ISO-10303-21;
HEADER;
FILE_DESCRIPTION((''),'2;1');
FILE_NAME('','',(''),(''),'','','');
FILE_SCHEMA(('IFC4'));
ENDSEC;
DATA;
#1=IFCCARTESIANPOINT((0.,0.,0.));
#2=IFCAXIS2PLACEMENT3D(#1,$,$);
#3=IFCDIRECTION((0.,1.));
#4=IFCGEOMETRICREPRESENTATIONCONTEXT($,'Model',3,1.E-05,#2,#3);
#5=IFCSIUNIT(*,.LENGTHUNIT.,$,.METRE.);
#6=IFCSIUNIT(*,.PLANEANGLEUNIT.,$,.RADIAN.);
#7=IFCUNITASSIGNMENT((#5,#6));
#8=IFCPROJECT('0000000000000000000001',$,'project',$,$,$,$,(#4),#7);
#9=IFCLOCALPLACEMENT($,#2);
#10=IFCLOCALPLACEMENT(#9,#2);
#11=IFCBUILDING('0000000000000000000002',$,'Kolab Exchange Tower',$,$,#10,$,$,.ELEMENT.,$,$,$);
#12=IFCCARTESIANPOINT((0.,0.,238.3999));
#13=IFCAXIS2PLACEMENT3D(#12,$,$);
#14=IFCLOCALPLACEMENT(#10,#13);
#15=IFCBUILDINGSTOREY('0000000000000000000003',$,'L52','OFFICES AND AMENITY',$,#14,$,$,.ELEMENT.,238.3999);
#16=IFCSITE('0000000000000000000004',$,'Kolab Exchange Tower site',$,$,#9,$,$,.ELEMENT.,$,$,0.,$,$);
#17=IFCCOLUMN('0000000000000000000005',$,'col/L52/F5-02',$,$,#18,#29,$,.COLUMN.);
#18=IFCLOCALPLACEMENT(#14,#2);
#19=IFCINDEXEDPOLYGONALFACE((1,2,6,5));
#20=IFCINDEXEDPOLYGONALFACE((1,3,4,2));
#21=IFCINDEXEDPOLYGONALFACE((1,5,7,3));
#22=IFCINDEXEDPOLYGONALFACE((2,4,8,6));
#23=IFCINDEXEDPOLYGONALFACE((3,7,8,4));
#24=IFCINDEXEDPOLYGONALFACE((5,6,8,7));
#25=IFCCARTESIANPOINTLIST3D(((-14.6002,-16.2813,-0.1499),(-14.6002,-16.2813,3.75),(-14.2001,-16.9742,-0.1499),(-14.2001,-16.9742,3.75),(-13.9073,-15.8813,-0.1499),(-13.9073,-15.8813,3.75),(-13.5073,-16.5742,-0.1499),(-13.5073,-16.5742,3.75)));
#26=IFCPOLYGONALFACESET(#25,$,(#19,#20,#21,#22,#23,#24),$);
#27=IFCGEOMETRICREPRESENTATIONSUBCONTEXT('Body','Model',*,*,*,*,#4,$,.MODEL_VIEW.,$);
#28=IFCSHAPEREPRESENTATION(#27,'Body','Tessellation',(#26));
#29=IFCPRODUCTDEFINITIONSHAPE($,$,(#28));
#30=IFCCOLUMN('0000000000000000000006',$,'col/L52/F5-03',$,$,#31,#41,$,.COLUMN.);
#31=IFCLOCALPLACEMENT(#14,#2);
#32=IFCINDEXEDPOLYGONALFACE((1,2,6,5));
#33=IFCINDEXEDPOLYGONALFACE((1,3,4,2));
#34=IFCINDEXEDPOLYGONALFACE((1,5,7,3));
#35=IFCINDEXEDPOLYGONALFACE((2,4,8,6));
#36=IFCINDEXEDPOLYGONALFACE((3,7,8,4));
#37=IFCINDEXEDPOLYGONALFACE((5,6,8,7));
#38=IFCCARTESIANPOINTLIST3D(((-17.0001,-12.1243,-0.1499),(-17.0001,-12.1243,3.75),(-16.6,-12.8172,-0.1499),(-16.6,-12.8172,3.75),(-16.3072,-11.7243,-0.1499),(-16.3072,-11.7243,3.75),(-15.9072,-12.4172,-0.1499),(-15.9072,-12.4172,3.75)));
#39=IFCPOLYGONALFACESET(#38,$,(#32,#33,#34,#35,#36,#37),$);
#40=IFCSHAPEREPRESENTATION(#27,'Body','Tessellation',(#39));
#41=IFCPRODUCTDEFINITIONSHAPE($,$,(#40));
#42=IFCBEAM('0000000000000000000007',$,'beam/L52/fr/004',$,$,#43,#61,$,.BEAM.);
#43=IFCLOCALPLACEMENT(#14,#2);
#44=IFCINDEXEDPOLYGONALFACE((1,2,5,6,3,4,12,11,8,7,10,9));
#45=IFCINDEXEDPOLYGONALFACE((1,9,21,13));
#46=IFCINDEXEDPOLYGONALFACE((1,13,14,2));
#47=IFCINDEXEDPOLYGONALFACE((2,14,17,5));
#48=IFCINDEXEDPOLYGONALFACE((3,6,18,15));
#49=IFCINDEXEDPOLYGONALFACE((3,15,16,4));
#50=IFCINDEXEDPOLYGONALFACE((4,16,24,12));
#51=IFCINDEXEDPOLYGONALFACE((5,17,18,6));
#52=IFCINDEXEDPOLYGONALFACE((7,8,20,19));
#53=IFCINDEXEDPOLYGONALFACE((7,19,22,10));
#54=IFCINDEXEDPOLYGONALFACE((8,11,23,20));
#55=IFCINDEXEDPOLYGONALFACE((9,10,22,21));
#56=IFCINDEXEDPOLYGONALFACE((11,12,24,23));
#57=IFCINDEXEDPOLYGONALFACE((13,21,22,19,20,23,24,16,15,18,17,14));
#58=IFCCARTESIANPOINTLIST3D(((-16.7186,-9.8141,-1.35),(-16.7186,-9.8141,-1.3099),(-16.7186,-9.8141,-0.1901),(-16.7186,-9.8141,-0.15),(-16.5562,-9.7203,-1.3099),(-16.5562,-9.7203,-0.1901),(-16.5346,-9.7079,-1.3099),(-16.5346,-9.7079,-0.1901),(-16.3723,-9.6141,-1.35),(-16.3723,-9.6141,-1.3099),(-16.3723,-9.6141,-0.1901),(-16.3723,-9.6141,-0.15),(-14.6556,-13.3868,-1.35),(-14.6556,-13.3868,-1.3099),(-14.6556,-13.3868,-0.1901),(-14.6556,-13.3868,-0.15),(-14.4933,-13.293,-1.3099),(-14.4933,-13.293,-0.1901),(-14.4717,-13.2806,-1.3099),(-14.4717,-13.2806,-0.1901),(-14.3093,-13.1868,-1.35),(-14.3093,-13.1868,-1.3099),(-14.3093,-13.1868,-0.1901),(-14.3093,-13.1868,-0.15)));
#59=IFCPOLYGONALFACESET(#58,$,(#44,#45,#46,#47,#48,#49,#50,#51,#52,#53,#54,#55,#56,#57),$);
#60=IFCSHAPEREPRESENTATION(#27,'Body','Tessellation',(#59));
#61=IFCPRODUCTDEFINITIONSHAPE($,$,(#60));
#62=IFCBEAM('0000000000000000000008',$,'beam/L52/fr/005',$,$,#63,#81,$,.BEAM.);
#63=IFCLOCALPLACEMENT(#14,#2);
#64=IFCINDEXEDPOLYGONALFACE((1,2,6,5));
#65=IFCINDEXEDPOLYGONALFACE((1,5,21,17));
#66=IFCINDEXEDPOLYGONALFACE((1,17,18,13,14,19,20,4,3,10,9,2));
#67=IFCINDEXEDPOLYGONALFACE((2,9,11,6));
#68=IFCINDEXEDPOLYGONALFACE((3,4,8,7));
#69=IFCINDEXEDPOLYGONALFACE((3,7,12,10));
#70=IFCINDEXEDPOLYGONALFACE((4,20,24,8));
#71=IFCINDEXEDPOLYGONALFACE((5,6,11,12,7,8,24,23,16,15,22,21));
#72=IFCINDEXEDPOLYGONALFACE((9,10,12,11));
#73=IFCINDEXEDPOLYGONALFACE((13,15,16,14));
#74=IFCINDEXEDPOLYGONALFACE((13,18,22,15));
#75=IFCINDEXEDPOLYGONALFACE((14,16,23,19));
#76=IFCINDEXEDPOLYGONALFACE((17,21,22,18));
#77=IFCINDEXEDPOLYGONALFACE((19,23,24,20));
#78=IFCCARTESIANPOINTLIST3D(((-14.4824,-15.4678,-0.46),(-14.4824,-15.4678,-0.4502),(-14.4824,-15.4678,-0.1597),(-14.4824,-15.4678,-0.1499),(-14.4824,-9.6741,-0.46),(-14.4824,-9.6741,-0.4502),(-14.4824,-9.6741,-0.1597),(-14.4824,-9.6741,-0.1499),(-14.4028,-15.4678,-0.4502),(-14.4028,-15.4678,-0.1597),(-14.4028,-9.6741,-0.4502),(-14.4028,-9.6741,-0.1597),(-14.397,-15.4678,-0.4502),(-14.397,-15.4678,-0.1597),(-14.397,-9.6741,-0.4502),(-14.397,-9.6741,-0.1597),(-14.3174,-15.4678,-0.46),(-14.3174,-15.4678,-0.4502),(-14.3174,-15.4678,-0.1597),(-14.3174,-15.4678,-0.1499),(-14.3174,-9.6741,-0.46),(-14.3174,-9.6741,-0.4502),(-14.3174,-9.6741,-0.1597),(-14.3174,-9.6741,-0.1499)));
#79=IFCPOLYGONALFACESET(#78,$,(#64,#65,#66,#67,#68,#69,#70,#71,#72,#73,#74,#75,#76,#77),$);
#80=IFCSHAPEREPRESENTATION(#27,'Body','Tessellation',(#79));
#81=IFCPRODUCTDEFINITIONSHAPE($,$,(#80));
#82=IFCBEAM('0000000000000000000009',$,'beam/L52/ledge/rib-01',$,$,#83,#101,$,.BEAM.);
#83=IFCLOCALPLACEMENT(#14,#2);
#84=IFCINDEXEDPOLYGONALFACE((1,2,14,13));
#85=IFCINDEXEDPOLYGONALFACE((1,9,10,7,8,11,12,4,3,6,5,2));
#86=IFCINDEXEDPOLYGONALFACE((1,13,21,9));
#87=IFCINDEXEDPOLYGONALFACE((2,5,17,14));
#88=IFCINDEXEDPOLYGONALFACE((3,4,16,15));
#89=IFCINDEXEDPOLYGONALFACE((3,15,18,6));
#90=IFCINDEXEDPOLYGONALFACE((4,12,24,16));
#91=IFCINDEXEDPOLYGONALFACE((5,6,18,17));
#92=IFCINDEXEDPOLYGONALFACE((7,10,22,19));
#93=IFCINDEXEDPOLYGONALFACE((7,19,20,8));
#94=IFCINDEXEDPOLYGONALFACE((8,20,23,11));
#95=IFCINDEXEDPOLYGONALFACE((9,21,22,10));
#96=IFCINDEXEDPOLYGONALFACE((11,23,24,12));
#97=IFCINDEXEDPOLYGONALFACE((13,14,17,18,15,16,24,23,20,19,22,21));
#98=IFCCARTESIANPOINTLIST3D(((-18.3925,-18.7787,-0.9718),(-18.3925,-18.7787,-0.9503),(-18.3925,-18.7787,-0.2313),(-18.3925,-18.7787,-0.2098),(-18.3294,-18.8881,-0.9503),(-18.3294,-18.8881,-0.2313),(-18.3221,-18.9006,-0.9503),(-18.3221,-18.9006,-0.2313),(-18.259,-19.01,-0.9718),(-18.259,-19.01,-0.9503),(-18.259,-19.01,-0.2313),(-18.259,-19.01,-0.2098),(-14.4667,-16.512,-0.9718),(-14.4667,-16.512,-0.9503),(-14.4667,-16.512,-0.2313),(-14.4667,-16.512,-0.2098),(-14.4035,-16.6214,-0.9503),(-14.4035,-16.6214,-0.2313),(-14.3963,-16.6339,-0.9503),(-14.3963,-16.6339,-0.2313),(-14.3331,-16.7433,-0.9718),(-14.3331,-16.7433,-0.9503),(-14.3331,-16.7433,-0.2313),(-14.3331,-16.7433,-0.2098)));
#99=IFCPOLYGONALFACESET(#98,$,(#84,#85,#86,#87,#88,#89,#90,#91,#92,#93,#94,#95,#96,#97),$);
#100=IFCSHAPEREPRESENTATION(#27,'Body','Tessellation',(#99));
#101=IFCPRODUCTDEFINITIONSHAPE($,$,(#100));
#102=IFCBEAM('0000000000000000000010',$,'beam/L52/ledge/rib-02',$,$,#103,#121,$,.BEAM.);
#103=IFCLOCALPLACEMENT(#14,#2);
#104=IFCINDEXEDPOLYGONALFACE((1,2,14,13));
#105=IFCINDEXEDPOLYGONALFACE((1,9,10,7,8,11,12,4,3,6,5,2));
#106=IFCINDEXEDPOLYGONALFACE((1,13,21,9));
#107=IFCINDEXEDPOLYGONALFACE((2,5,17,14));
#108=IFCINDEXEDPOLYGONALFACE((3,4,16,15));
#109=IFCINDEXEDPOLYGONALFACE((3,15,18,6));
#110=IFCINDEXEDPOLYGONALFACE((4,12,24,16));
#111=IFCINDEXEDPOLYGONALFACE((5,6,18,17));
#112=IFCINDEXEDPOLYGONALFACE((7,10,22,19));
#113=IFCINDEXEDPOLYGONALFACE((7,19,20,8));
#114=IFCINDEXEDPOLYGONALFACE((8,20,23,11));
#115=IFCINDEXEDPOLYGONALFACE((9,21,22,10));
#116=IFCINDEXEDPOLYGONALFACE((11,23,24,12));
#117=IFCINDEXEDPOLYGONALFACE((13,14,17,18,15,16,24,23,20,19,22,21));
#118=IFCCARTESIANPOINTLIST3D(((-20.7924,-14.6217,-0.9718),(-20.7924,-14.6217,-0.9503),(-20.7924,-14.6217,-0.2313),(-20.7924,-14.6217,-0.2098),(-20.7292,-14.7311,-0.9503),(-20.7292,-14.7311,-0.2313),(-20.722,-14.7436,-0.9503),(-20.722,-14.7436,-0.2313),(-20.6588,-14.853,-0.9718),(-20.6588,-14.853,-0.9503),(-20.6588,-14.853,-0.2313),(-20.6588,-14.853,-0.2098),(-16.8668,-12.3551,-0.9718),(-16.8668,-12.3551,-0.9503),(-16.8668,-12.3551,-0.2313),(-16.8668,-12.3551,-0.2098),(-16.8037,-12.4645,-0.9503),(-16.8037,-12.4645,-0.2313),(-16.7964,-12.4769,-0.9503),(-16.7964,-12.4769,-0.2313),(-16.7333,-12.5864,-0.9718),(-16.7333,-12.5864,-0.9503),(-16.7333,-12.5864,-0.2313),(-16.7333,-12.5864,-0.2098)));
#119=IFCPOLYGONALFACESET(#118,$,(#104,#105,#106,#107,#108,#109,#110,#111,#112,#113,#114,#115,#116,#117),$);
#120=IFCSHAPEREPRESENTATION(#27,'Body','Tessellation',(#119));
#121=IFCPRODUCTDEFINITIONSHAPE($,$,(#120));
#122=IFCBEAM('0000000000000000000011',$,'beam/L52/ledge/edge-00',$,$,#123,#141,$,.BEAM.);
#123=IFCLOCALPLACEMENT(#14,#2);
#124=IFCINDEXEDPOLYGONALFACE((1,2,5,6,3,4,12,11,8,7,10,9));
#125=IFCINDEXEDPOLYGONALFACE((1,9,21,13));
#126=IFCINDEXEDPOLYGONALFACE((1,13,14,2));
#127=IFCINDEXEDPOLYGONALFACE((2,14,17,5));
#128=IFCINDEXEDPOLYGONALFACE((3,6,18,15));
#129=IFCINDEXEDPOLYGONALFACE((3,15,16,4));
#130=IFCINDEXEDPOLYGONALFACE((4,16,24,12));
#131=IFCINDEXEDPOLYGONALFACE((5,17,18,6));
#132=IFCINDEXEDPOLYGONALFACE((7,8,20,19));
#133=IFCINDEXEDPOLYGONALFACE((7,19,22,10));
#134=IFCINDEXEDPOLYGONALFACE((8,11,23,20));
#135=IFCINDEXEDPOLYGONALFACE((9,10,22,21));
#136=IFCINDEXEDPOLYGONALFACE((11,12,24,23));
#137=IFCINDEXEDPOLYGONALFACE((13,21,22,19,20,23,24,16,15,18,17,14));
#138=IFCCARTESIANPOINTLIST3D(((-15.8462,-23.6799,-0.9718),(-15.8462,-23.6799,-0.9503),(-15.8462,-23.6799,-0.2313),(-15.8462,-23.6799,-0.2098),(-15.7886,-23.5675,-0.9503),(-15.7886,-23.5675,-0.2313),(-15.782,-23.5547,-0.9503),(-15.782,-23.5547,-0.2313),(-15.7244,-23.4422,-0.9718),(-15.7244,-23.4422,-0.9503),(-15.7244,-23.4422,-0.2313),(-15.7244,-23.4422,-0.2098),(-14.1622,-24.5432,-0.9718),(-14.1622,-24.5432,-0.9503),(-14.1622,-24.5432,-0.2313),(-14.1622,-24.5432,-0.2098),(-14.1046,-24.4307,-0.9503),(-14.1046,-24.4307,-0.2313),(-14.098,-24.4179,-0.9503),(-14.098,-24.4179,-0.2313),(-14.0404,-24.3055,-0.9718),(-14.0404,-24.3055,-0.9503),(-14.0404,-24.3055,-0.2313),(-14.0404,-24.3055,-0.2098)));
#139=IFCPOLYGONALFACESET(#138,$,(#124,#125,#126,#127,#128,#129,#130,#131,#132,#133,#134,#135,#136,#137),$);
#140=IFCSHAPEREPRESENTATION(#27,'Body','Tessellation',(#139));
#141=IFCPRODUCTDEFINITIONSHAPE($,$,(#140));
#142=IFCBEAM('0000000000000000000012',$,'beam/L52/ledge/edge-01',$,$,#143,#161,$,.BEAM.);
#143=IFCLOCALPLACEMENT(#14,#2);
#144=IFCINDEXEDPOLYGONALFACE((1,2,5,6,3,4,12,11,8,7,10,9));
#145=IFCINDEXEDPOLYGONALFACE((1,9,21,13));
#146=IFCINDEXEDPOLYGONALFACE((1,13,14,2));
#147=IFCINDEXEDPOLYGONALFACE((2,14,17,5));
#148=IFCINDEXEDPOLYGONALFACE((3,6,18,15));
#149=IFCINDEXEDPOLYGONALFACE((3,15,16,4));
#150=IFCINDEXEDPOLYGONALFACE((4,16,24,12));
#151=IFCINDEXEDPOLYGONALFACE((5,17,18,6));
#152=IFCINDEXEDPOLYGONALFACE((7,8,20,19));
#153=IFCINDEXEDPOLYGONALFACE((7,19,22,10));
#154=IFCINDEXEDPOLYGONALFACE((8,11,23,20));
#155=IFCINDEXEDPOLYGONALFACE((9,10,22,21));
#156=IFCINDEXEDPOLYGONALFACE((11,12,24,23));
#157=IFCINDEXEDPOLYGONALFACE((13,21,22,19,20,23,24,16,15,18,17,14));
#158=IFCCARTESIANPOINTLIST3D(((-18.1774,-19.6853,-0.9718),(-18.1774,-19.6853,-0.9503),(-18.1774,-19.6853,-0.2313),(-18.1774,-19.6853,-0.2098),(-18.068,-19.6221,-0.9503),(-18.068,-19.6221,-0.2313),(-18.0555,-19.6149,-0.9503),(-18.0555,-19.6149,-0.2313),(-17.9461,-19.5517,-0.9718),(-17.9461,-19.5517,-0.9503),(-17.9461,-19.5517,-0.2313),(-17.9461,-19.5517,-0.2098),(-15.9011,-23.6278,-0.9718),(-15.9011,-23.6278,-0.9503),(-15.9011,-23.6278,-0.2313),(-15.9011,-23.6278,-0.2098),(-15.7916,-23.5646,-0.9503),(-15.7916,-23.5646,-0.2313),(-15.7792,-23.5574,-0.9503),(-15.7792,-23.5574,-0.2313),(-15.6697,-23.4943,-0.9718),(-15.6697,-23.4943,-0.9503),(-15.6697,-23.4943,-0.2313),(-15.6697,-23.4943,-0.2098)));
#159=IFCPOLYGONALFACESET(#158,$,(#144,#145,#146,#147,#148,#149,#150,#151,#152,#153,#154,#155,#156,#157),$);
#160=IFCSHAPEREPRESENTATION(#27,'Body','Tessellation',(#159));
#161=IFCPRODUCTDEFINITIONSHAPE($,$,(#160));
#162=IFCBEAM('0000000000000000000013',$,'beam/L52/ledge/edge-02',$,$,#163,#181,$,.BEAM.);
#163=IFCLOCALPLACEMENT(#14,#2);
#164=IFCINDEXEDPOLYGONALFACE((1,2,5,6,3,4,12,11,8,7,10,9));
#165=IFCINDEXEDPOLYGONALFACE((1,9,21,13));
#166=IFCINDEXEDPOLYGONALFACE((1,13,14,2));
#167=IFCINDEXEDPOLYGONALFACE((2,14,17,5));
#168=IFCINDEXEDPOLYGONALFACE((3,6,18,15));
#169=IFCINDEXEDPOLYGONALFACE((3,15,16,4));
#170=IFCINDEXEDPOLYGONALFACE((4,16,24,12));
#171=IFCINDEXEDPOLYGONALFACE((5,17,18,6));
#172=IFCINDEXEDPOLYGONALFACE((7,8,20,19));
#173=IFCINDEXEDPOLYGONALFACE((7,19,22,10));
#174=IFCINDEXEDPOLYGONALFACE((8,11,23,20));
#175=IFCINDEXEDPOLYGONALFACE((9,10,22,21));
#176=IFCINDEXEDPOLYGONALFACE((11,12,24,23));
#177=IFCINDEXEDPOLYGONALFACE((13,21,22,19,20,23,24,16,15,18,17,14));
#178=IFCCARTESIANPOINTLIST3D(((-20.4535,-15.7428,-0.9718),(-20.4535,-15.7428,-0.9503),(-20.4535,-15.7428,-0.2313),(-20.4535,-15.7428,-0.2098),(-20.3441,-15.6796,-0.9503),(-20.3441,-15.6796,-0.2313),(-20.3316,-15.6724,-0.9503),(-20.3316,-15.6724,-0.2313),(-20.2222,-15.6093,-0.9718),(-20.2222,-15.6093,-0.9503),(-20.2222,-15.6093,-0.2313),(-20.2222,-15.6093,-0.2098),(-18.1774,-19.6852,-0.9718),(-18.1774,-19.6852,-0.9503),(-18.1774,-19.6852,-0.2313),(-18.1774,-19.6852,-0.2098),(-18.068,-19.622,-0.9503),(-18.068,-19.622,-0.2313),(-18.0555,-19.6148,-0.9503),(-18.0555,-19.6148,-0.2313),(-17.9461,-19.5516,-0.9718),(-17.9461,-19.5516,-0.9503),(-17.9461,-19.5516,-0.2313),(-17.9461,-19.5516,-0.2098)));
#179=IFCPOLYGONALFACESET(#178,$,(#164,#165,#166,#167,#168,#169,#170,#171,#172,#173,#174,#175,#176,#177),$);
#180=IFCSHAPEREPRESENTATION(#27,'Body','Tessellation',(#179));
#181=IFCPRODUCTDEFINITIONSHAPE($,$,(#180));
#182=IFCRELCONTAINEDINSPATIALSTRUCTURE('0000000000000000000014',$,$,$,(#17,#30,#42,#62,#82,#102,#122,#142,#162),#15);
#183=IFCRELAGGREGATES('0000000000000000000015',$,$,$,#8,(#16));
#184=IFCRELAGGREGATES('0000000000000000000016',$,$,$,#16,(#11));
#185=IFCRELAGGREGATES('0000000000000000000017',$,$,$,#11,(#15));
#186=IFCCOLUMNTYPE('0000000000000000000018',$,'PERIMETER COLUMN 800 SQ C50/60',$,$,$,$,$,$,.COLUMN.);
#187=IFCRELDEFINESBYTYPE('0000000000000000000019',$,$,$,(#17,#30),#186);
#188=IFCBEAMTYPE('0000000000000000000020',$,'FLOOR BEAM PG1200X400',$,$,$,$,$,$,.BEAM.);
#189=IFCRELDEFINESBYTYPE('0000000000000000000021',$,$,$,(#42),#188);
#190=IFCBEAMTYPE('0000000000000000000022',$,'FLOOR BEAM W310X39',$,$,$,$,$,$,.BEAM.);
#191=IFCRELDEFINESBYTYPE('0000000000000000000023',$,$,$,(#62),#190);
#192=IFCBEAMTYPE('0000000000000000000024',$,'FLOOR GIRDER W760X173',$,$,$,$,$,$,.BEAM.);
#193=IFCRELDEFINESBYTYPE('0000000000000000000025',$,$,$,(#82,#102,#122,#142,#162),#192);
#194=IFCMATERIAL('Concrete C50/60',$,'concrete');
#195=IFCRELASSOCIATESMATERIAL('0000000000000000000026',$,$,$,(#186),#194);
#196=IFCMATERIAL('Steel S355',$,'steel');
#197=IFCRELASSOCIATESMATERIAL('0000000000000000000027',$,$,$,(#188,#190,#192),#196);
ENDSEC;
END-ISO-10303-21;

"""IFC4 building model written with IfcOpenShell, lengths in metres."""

from ifc_helpers import new_model, si_unit, direction, frame, origin, origin_2d, place, context, subcontext, project, spatial, rectangle, i_section, extrude, material, material_profile, profile_set, type_object, element, save


model = new_model("IFC4")

# Units and contexts
model_context = context("Model", 3, precision=1e-05, world=origin(), true_north=direction((0.0, 1.0)))
body_context = subcontext(model_context, "Body", "Model", "MODEL_VIEW")
ifc_project = project(units=[si_unit("LENGTHUNIT", "METRE"), si_unit("PLANEANGLEUNIT", "RADIAN")], contexts=[model_context])

# Site, building, storey
site_placement = place(None, origin())
site = spatial("IfcSite", under=ifc_project, at=site_placement, Name="Kolab Exchange Tower site", CompositionType="ELEMENT", RefElevation=0.0)
building_placement = place(site_placement, origin())
building = spatial("IfcBuilding", under=site, at=building_placement, Name="Kolab Exchange Tower", CompositionType="ELEMENT")
storey_placement = place(building_placement, frame((0.0, 0.0, 238.3999)))
storey = spatial("IfcBuildingStorey", under=building, at=storey_placement, Name="L52", Description="OFFICES AND AMENITY", CompositionType="ELEMENT", Elevation=238.3999)

# Columns
ifc_material_1 = material(Name="Concrete C50/60", Category="concrete")
ifc_material_profile_1 = material_profile(ifc_material_1, rectangle(XDim=0.8, YDim=0.8, at=origin_2d()), Name="RC800")
ifc_profile_set_1 = profile_set([ifc_material_profile_1], Name="Concrete C50/60")
column_type = type_object("IfcColumnType", Name="PERIMETER COLUMN 800 SQ C50/60", PredefinedType="COLUMN", material=ifc_profile_set_1)
for number, where, z_axis, x_axis, name in (
    (1, (-14.0537, -16.4277, -0.1499), (0.0, 0.0, 1.0), (0.866025, 0.5, 0.0), "col/L52/F5-02"),
    (2, (-16.4536, -12.2708, -0.1499), (0.0, 0.0, 1.0), (0.866025, 0.5, 0.0), "col/L52/F5-03"),
):
    element("IfcColumn", number, at=place(storey_placement, frame(where, z_axis=z_axis, x_axis=x_axis)), inside=storey, type_object=column_type, Name=name, PredefinedType="COLUMN", context=body_context, shape_type="SweptSolid", body=[
        extrude(rectangle(XDim=0.8, YDim=0.8, at=origin_2d()), origin(), (0.0, 0.0, 1.0), 3.8999),
    ])

# Beams
ifc_material_2 = material(Name="Steel S355", Category="steel")
ifc_material_profile_2 = material_profile(ifc_material_2, i_section(OverallWidth=0.3999, OverallDepth=1.2, WebThickness=0.0249, FlangeThickness=0.04, at=origin_2d()), Name="PG1200X400")
ifc_profile_set_2 = profile_set([ifc_material_profile_2], Name="Steel S355")
beam_type_1 = type_object("IfcBeamType", Name="FLOOR BEAM PG1200X400", PredefinedType="BEAM", material=ifc_profile_set_2)
beam_1_placement = place(storey_placement, frame((-16.5454, -9.7141, -0.75), z_axis=(0.500047, -0.865998, 0.0), x_axis=(0.865998, 0.500047, 0.0)))
element("IfcBeam", 3, at=beam_1_placement, inside=storey, type_object=beam_type_1, Name="beam/L52/fr/004", PredefinedType="BEAM", context=body_context, shape_type="SweptSolid", body=[
    extrude(i_section(OverallWidth=0.3999, OverallDepth=1.2, WebThickness=0.0249, FlangeThickness=0.04, at=origin_2d()), origin(), (0.0, 0.0, 1.0), 4.1255),
])
ifc_material_profile_3 = material_profile(ifc_material_2, i_section(OverallWidth=0.165, OverallDepth=0.3101, WebThickness=0.0059, FlangeThickness=0.0098, at=origin_2d()), Name="W310X39")
ifc_profile_set_3 = profile_set([ifc_material_profile_3], Name="Steel S355")
beam_type_2 = type_object("IfcBeamType", Name="FLOOR BEAM W310X39", PredefinedType="BEAM", material=ifc_profile_set_3)
beam_2_placement = place(storey_placement, frame((-14.3999, -15.4678, -0.3049), z_axis=(0.0, 1.0, 0.0), x_axis=(-1.0, 0.0, 0.0)))
element("IfcBeam", 4, at=beam_2_placement, inside=storey, type_object=beam_type_2, Name="beam/L52/fr/005", PredefinedType="BEAM", context=body_context, shape_type="SweptSolid", body=[
    extrude(i_section(OverallWidth=0.165, OverallDepth=0.3101, WebThickness=0.0059, FlangeThickness=0.0098, at=origin_2d()), origin(), (0.0, 0.0, 1.0), 5.7937),
])
ifc_material_profile_4 = material_profile(ifc_material_2, i_section(OverallWidth=0.2671, OverallDepth=0.762, WebThickness=0.0144, FlangeThickness=0.0215, at=origin_2d()), Name="W760X173")
ifc_profile_set_4 = profile_set([ifc_material_profile_4], Name="Steel S355")
beam_type_3 = type_object("IfcBeamType", Name="FLOOR GIRDER W760X173", PredefinedType="BEAM", material=ifc_profile_set_4)
beam_3_placement = place(storey_placement, frame((-14.3999, -16.6277, -0.5908), z_axis=(-0.866021, -0.500008, 0.0), x_axis=(0.500008, -0.866021, 0.0)))
element("IfcBeam", 5, at=beam_3_placement, inside=storey, type_object=beam_type_3, Name="beam/L52/ledge/rib-01", PredefinedType="BEAM", context=body_context, shape_type="SweptSolid", body=[
    extrude(i_section(OverallWidth=0.2671, OverallDepth=0.762, WebThickness=0.0144, FlangeThickness=0.0215, at=origin_2d()), origin(), (0.0, 0.0, 1.0), 4.5332),
])
beam_4_placement = place(storey_placement, frame((-16.8, -12.4707, -0.5908), z_axis=(-0.866007, -0.500032, 0.0), x_axis=(0.500032, -0.866007, 0.0)))
element("IfcBeam", 6, at=beam_4_placement, inside=storey, type_object=beam_type_3, Name="beam/L52/ledge/rib-02", PredefinedType="BEAM", context=body_context, shape_type="SweptSolid", body=[
    extrude(i_section(OverallWidth=0.2671, OverallDepth=0.762, WebThickness=0.0144, FlangeThickness=0.0215, at=origin_2d()), origin(), (0.0, 0.0, 1.0), 4.533),
])
beam_5_placement = place(storey_placement, frame((-14.1013, -24.4243, -0.5908), z_axis=(-0.889893, 0.45617, 0.0), x_axis=(-0.45617, -0.889893, 0.0)))
element("IfcBeam", 7, at=beam_5_placement, inside=storey, type_object=beam_type_3, Name="beam/L52/ledge/edge-00", PredefinedType="BEAM", context=body_context, shape_type="SweptSolid", body=[
    extrude(i_section(OverallWidth=0.2671, OverallDepth=0.762, WebThickness=0.0144, FlangeThickness=0.0215, at=origin_2d()), origin(), (0.0, 0.0, 1.0), 1.8923),
])
beam_6_placement = place(storey_placement, frame((-15.7854, -23.561, -0.5908), z_axis=(-0.500015, 0.866017, 0.0), x_axis=(-0.866017, -0.500015, 0.0)))
element("IfcBeam", 8, at=beam_6_placement, inside=storey, type_object=beam_type_3, Name="beam/L52/ledge/edge-01", PredefinedType="BEAM", context=body_context, shape_type="SweptSolid", body=[
    extrude(i_section(OverallWidth=0.2671, OverallDepth=0.762, WebThickness=0.0144, FlangeThickness=0.0215, at=origin_2d()), origin(), (0.0, 0.0, 1.0), 4.5525),
])
beam_7_placement = place(storey_placement, frame((-18.0618, -19.6184, -0.5908), z_axis=(-0.499998, 0.866027, 0.0), x_axis=(-0.866027, -0.499998, 0.0)))
element("IfcBeam", 9, at=beam_7_placement, inside=storey, type_object=beam_type_3, Name="beam/L52/ledge/edge-02", PredefinedType="BEAM", context=body_context, shape_type="SweptSolid", body=[
    extrude(i_section(OverallWidth=0.2671, OverallDepth=0.762, WebThickness=0.0144, FlangeThickness=0.0215, at=origin_2d()), origin(), (0.0, 0.0, 1.0), 4.5522),
])

save(model, "model.ifc")
